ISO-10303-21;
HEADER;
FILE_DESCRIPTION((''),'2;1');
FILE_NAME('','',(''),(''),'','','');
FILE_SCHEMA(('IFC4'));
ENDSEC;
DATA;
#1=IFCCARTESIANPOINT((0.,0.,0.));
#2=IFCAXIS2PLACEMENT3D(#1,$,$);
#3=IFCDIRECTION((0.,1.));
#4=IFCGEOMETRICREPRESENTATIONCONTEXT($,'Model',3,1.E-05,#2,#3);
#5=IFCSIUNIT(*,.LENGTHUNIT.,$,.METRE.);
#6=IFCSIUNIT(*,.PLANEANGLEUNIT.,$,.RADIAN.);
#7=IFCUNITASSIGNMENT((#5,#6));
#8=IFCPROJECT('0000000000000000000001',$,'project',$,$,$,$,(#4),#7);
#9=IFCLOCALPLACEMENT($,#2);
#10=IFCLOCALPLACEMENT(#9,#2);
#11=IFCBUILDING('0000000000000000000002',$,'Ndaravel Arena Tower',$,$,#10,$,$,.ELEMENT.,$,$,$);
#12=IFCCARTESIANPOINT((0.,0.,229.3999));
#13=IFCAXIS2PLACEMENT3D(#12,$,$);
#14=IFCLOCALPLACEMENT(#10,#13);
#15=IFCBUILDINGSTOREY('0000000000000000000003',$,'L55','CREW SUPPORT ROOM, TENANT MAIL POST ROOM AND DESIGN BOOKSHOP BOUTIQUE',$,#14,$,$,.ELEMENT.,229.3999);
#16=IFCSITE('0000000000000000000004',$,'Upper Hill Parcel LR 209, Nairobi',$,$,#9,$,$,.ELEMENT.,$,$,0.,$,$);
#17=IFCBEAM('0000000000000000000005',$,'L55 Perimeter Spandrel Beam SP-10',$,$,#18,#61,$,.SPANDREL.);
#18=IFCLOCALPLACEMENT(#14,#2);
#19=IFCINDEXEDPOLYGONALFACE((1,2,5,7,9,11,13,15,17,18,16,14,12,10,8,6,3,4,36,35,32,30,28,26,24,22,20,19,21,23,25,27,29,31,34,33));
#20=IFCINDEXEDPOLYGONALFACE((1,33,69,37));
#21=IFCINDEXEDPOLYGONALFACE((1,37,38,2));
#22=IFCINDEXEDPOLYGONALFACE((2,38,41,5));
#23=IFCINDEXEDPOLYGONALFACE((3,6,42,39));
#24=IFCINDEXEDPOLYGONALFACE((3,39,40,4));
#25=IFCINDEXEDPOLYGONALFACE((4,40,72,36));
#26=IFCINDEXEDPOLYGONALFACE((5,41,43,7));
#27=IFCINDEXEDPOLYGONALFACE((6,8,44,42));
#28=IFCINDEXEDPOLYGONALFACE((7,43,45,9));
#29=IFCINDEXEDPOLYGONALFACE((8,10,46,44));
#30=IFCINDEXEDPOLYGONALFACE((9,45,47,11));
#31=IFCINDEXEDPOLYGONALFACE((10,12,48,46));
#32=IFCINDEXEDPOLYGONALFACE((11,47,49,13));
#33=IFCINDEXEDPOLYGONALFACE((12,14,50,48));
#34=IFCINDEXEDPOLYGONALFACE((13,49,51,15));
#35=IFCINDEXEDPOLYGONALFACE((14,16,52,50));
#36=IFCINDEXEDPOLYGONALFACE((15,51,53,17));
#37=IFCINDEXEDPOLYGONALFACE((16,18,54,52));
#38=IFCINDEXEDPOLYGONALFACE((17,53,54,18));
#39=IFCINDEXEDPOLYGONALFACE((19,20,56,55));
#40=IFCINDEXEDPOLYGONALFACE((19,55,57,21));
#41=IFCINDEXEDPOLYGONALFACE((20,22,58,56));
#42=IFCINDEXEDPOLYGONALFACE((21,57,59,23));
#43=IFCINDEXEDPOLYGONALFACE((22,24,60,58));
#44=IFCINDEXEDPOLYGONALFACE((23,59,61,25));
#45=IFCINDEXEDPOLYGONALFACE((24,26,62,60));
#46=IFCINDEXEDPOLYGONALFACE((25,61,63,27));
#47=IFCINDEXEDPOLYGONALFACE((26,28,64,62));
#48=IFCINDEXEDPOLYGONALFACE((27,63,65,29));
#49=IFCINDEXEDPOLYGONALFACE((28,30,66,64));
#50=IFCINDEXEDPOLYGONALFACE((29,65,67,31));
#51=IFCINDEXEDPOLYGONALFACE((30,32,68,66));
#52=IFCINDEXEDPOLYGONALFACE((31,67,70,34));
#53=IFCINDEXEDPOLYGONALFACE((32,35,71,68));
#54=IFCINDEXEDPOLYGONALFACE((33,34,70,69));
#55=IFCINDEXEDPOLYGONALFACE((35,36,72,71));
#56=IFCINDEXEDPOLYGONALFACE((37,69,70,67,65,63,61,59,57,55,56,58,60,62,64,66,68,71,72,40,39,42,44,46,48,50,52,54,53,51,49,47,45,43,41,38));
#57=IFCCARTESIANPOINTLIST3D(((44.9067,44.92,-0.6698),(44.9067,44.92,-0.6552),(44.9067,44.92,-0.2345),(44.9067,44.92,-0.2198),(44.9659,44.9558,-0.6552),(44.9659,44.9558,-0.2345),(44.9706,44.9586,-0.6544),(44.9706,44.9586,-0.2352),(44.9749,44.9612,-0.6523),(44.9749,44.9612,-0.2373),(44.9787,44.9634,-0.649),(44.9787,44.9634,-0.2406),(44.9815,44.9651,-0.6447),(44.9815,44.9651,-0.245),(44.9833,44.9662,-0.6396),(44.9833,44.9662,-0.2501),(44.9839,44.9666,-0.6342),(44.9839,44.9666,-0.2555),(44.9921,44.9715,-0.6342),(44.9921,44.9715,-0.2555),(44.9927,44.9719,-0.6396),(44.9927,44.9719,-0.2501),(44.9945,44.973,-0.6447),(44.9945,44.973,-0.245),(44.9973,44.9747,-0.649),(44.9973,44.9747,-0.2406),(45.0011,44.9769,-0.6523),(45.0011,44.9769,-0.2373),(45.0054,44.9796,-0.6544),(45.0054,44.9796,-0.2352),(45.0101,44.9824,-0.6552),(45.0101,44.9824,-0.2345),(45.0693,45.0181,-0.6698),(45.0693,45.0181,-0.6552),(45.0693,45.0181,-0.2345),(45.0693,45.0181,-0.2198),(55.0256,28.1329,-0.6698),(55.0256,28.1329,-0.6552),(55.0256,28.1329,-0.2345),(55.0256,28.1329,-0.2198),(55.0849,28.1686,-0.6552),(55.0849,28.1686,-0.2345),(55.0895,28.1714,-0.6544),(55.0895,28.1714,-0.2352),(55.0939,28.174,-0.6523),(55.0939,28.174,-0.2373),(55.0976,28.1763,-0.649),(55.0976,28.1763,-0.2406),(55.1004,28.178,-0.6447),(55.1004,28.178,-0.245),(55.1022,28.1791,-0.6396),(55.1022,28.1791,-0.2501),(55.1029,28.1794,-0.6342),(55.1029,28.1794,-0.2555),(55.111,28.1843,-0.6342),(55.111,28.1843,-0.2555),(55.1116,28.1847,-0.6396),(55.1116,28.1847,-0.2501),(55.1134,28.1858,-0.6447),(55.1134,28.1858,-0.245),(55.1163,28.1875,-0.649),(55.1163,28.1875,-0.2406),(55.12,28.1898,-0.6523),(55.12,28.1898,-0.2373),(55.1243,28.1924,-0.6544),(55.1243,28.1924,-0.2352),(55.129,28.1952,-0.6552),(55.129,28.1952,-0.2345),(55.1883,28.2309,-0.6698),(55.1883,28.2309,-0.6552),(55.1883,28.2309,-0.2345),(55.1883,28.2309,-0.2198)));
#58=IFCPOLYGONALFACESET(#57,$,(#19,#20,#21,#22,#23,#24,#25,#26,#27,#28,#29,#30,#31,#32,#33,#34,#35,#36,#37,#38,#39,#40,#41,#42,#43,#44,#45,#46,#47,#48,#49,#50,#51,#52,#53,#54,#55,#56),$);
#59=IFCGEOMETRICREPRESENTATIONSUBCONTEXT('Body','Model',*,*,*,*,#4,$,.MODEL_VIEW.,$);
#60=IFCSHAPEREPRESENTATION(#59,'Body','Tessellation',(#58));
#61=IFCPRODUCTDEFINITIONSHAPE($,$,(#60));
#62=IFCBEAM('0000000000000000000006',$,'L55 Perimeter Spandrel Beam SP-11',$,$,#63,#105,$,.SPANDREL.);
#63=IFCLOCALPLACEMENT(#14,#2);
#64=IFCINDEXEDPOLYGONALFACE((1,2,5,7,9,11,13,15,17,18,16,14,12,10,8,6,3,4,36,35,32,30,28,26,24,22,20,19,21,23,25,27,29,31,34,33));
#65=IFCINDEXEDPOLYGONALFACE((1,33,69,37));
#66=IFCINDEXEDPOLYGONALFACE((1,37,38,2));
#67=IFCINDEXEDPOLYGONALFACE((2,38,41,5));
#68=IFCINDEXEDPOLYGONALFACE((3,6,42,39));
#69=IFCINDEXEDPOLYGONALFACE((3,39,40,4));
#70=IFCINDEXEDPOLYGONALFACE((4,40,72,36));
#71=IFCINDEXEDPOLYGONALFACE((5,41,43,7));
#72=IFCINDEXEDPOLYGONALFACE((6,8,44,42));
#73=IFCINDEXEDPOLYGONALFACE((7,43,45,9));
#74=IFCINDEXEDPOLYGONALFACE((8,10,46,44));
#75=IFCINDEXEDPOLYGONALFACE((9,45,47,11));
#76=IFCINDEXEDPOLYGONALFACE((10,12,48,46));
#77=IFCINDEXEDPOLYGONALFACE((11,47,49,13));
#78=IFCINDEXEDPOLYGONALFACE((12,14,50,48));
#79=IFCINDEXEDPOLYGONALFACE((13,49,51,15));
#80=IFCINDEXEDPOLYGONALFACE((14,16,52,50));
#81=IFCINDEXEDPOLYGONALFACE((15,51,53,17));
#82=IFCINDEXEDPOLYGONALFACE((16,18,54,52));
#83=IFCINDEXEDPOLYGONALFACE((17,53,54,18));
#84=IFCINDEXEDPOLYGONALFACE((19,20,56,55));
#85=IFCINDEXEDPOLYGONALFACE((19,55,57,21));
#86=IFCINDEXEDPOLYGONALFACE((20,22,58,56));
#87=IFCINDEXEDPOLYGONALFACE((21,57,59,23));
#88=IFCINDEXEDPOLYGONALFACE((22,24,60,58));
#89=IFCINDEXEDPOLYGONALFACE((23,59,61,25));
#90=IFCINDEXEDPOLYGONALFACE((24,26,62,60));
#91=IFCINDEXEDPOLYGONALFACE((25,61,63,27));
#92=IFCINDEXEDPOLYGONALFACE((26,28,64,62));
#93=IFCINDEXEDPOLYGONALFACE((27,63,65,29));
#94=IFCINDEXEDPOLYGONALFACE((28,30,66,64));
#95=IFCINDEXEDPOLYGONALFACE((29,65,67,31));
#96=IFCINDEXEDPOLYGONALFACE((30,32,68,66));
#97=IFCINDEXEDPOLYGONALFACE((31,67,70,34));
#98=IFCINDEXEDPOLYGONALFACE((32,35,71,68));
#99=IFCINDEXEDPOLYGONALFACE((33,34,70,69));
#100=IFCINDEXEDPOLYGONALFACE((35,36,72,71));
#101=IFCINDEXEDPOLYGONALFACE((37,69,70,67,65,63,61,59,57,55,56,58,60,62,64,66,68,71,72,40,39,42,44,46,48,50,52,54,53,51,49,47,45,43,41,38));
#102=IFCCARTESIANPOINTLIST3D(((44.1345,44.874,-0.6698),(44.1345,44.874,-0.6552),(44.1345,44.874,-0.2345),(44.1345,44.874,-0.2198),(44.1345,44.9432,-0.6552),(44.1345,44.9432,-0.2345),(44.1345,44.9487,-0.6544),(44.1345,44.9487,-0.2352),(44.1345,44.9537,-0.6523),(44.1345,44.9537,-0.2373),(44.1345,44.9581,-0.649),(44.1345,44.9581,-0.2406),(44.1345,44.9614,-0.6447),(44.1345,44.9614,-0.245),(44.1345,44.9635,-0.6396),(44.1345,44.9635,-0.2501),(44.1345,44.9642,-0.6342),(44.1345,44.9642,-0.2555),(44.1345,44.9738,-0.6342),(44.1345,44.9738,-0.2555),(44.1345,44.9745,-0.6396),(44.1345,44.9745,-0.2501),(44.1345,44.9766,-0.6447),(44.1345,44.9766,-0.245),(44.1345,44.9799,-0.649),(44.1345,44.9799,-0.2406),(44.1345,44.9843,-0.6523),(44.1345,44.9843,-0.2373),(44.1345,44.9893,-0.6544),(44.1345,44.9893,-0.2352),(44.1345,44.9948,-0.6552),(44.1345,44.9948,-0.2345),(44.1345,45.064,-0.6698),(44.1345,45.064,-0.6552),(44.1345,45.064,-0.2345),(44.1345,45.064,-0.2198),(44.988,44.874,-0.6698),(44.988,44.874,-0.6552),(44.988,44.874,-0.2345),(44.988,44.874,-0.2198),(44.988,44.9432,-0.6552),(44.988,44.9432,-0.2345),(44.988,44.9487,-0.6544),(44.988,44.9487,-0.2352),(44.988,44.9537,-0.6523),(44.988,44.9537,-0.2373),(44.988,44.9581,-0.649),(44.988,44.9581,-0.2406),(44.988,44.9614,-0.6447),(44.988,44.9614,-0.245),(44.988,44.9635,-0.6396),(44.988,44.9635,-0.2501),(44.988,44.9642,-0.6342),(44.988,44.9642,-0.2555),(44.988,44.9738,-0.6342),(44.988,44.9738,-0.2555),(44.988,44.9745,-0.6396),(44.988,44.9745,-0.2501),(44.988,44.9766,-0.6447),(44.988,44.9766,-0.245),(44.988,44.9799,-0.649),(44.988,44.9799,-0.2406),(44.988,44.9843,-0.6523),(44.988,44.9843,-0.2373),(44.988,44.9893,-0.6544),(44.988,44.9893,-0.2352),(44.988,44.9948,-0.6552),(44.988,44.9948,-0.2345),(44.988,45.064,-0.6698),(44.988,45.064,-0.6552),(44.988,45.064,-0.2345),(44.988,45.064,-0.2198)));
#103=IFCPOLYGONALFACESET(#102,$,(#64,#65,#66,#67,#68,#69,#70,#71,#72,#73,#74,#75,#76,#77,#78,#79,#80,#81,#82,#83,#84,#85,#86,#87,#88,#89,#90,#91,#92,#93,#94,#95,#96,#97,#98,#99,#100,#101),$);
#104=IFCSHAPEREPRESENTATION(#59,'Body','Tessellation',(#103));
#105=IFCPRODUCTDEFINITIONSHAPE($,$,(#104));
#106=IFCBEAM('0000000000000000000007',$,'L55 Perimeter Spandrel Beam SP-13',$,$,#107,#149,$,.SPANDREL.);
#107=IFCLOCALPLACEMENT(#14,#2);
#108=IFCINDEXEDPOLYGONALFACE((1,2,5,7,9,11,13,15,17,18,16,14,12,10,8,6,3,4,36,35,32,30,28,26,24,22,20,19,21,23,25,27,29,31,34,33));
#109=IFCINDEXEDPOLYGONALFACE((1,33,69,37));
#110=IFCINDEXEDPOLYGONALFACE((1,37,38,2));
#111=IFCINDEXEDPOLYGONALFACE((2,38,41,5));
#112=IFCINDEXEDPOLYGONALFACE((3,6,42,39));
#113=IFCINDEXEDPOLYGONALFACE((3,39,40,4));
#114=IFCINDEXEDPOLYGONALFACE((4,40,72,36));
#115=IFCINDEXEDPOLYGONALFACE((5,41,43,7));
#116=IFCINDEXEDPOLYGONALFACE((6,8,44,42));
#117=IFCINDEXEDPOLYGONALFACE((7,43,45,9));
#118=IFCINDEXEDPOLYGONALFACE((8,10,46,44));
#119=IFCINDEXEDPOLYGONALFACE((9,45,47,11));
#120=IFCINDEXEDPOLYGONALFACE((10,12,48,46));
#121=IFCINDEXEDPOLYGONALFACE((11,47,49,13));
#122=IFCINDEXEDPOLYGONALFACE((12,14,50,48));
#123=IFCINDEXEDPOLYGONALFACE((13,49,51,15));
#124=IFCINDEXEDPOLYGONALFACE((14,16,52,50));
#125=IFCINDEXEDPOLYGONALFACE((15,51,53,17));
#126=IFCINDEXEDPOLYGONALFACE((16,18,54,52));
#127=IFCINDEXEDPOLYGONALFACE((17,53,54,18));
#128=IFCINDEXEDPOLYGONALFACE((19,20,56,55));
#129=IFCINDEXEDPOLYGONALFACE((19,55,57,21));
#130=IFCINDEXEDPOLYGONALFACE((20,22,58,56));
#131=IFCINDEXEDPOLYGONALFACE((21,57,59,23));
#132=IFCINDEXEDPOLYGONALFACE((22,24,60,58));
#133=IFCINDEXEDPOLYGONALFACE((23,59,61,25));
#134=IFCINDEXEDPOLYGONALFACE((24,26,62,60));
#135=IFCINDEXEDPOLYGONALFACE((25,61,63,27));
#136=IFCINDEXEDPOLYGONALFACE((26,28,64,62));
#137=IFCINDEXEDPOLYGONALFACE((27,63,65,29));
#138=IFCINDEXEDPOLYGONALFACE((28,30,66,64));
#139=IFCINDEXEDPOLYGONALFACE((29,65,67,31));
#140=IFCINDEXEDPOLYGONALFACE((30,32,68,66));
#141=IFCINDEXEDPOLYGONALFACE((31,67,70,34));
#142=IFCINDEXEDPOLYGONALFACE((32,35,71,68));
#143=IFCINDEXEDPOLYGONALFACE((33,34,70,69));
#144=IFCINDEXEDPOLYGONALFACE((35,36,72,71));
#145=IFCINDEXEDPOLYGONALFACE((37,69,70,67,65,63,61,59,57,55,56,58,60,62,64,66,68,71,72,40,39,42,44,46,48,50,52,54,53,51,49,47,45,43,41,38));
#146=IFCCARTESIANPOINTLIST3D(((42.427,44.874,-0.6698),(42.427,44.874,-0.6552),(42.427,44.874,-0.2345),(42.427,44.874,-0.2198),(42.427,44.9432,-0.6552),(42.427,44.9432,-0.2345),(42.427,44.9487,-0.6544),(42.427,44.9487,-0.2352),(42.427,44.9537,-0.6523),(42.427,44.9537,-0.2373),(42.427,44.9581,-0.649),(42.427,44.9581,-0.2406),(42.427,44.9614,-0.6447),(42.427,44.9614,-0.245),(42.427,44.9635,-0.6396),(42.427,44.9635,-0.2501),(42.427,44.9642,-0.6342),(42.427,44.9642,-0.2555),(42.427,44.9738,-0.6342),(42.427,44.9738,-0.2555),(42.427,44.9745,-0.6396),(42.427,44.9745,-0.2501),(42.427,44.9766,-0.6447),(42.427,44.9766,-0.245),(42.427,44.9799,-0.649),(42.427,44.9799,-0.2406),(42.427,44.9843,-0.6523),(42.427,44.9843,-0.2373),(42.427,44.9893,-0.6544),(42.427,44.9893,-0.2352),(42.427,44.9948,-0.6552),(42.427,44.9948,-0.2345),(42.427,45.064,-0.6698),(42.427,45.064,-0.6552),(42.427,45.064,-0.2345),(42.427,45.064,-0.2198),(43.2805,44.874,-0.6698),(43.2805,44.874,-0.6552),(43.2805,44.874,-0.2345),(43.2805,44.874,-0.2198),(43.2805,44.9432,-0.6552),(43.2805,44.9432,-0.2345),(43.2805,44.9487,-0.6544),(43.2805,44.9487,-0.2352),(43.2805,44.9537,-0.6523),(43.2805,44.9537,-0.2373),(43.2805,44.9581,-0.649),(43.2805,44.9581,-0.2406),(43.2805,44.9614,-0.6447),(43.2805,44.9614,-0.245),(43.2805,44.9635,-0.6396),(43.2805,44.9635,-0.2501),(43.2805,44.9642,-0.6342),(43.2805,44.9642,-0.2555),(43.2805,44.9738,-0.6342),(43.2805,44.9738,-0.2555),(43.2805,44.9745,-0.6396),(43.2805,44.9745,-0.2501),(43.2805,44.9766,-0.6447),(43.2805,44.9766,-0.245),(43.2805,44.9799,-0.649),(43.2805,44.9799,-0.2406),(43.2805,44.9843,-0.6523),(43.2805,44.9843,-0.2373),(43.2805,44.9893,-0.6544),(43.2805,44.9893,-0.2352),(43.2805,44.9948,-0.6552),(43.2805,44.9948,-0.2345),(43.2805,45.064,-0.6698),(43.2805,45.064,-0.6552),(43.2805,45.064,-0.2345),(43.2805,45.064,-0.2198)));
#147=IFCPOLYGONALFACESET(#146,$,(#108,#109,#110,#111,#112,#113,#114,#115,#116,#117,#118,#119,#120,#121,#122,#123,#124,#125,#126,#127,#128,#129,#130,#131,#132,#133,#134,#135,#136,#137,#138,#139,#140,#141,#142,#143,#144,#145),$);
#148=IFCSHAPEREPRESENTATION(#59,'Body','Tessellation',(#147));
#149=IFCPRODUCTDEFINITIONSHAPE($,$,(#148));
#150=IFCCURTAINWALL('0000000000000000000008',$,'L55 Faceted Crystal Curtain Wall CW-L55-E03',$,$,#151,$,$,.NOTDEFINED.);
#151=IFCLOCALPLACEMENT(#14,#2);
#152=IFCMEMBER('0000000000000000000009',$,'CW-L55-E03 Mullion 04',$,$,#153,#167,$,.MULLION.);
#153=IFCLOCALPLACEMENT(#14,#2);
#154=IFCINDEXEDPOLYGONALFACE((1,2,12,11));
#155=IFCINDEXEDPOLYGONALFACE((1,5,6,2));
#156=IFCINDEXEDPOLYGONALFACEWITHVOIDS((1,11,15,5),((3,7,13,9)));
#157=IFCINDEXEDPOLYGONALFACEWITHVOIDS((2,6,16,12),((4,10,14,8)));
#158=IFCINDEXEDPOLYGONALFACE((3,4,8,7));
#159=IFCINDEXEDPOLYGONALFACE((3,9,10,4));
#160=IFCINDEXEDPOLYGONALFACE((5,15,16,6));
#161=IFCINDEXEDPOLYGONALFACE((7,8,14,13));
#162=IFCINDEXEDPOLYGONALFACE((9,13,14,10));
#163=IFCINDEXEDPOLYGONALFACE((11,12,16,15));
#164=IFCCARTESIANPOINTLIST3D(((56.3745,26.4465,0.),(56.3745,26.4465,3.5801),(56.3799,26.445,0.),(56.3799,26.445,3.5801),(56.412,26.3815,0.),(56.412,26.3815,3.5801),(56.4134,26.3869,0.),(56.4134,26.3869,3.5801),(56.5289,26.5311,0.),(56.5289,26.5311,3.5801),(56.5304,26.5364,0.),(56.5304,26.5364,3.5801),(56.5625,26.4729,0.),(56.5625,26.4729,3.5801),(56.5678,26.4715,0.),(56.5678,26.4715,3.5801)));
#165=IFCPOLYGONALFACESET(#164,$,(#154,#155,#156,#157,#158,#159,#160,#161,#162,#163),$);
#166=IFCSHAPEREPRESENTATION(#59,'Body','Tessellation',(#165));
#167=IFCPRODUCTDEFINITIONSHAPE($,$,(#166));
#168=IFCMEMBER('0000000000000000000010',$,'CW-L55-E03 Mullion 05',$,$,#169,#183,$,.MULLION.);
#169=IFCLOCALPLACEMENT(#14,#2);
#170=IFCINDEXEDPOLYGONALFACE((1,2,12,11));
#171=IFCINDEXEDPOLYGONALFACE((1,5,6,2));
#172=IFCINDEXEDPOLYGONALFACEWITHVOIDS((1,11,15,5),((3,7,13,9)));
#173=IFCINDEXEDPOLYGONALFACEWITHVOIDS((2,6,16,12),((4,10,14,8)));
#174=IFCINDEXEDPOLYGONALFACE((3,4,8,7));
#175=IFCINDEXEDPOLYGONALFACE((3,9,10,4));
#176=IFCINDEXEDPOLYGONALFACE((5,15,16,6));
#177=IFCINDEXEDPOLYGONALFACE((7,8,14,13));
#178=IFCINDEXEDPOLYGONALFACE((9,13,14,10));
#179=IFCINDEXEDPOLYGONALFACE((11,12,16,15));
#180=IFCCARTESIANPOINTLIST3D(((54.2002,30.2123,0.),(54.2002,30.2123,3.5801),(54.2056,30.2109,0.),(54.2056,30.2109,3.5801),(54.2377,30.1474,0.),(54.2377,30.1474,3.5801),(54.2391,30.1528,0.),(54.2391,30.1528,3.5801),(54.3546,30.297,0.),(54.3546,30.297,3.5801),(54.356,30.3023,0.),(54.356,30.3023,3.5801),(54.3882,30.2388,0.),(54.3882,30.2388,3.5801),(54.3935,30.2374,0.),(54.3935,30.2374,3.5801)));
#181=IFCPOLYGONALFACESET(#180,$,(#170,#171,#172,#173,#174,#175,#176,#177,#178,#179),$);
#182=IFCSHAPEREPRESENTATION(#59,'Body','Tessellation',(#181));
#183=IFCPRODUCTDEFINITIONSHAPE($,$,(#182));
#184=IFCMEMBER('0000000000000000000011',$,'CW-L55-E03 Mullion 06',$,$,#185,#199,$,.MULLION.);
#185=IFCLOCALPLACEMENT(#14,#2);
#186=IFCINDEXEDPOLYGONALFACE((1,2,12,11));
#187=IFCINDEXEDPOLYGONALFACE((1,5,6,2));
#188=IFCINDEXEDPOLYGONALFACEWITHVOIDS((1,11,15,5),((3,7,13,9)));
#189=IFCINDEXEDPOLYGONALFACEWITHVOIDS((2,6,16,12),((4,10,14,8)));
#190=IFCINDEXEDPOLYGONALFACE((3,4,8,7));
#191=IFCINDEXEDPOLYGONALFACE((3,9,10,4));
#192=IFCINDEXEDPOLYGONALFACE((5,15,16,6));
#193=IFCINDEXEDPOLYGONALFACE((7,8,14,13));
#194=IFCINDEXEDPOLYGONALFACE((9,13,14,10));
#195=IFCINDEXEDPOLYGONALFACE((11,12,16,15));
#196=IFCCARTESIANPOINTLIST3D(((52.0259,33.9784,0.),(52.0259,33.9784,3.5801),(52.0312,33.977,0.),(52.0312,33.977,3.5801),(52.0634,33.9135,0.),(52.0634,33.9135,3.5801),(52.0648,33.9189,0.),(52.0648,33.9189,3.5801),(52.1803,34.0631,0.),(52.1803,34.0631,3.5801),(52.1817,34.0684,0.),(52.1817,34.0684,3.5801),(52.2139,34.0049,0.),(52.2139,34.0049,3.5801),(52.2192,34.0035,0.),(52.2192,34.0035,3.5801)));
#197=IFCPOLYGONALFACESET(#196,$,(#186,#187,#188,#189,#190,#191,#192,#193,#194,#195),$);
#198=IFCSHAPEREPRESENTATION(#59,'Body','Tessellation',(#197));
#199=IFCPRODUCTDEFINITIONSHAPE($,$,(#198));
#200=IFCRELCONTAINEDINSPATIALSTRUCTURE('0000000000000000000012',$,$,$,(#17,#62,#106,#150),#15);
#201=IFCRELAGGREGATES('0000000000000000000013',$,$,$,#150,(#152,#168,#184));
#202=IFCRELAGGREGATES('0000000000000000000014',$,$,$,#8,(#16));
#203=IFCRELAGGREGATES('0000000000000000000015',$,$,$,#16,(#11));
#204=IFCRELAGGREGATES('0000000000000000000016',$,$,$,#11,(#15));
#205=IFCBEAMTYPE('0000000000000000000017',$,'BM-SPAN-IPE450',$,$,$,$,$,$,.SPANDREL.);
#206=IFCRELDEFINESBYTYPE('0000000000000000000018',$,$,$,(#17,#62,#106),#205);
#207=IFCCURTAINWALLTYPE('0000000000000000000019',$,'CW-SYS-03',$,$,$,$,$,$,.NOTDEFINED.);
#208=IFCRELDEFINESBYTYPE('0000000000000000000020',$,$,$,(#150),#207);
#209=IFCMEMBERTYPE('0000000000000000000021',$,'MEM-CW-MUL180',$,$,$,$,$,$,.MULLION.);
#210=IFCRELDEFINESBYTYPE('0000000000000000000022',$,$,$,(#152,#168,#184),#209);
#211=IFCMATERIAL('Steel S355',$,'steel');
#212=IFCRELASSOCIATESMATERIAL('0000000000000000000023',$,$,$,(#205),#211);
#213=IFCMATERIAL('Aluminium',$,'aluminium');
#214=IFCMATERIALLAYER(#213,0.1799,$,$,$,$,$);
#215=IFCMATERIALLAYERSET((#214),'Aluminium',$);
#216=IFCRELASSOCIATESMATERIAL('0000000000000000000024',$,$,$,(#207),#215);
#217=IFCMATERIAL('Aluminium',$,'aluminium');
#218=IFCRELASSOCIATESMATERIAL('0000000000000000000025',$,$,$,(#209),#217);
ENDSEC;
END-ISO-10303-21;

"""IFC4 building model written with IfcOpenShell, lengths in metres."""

from ifc_helpers import new_model, si_unit, direction, frame, origin, origin_2d, place, context, subcontext, project, spatial, hollow_rectangle, i_section, extrude, material, layer, layer_set, material_profile, profile_set, type_object, element, aggregate, save


model = new_model("IFC4")

# Units and contexts
model_context = context("Model", 3, precision=1e-05, world=origin(), true_north=direction((0.0, 1.0)))
body_context = subcontext(model_context, "Body", "Model", "MODEL_VIEW")
ifc_project = project(units=[si_unit("LENGTHUNIT", "METRE"), si_unit("PLANEANGLEUNIT", "RADIAN")], contexts=[model_context])

# Site, building, storey
site_placement = place(None, origin())
site = spatial("IfcSite", under=ifc_project, at=site_placement, Name="Upper Hill Parcel LR 209, Nairobi", CompositionType="ELEMENT", RefElevation=0.0)
building_placement = place(site_placement, origin())
building = spatial("IfcBuilding", under=site, at=building_placement, Name="Ndaravel Arena Tower", CompositionType="ELEMENT")
storey_placement = place(building_placement, frame((0.0, 0.0, 229.3999)))
storey = spatial("IfcBuildingStorey", under=building, at=storey_placement, Name="L55", Description="CREW SUPPORT ROOM, TENANT MAIL POST ROOM AND DESIGN BOOKSHOP BOUTIQUE", CompositionType="ELEMENT", Elevation=229.3999)

# Beams
ifc_material_1 = material(Name="Steel S355", Category="steel")
ifc_material_profile_1 = material_profile(ifc_material_1, i_section(OverallWidth=0.1899, OverallDepth=0.45, WebThickness=0.0095, FlangeThickness=0.0146, FilletRadius=0.021, at=origin_2d()), Name="IPE 450")
ifc_profile_set_1 = profile_set([ifc_material_profile_1], Name="Steel S355")
beam_type_1 = type_object("IfcBeamType", Name="BM-SPAN-IPE450", PredefinedType="SPANDREL", material=ifc_profile_set_1)
beam_1_placement = place(storey_placement, frame((55.1069, 28.1819, -0.4448), z_axis=(-0.516244, 0.856442, 0.0), x_axis=(-0.856442, -0.516244, 0.0)))
element("IfcBeam", 1, at=beam_1_placement, inside=storey, type_object=beam_type_1, Name="L55 Perimeter Spandrel Beam SP-10", PredefinedType="SPANDREL", context=body_context, shape_type="SweptSolid", body=[
    extrude(i_section(OverallWidth=0.1899, OverallDepth=0.45, WebThickness=0.0095, FlangeThickness=0.0146, FilletRadius=0.021, at=origin_2d()), origin(), (0.0, 0.0, 1.0), 19.6011),
])
for number, where, z_axis, x_axis, name in (
    (2, (44.988, 44.969, -0.4448), (-1.0, 0.0, 0.0), (0.0, -1.0, 0.0), "L55 Perimeter Spandrel Beam SP-11"),
    (3, (43.2805, 44.969, -0.4448), (-1.0, 0.0, 0.0), (0.0, -1.0, 0.0), "L55 Perimeter Spandrel Beam SP-13"),
):
    element("IfcBeam", number, at=place(storey_placement, frame(where, z_axis=z_axis, x_axis=x_axis)), inside=storey, type_object=beam_type_1, Name=name, PredefinedType="SPANDREL", context=body_context, shape_type="SweptSolid", body=[
        extrude(i_section(OverallWidth=0.1899, OverallDepth=0.45, WebThickness=0.0095, FlangeThickness=0.0146, FilletRadius=0.021, at=origin_2d()), origin(), (0.0, 0.0, 1.0), 0.8535),
    ])

# Curtain wall, members
ifc_material_2 = material(Name="Aluminium", Category="aluminium")
ifc_layer_1 = layer(ifc_material_2, 0.1799)
ifc_layer_set_1 = layer_set([ifc_layer_1], Name="Aluminium")
curtain_wall_type_1 = type_object("IfcCurtainWallType", Name="CW-SYS-03", PredefinedType="NOTDEFINED", material=ifc_layer_set_1)
curtain_wall_1_placement = place(storey_placement, origin())
curtain_wall_1 = element("IfcCurtainWall", 4, at=curtain_wall_1_placement, inside=storey, type_object=curtain_wall_type_1, Name="L55 Faceted Crystal Curtain Wall CW-L55-E03", PredefinedType="NOTDEFINED")
ifc_material_3 = material(Name="Aluminium", Category="aluminium")
ifc_material_profile_2 = material_profile(ifc_material_3, hollow_rectangle(XDim=0.075, YDim=0.1799, WallThickness=0.0039, at=origin_2d()), Name="CW MULLION 75x180x4")
ifc_profile_set_2 = profile_set([ifc_material_profile_2], Name="Aluminium")
member_type_1 = type_object("IfcMemberType", Name="MEM-CW-MUL180", PredefinedType="MULLION", material=ifc_profile_set_2)
member_1_placement = place(storey_placement, frame((56.4712, 26.459, 0.0), z_axis=(0.0, 0.0, 1.0), x_axis=(-0.5, 0.866025, 0.0)))
member_1 = element("IfcMember", 5, at=member_1_placement, type_object=member_type_1, Name="CW-L55-E03 Mullion 04", PredefinedType="MULLION", context=body_context, shape_type="SweptSolid", body=[
    extrude(hollow_rectangle(XDim=0.075, YDim=0.1799, WallThickness=0.0039, at=origin_2d()), origin(), (0.0, 0.0, 1.0), 3.5801),
])
member_2_placement = place(storey_placement, frame((54.2969, 30.2249, 0.0), z_axis=(0.0, 0.0, 1.0), x_axis=(-0.5, 0.866025, 0.0)))
member_2 = element("IfcMember", 6, at=member_2_placement, type_object=member_type_1, Name="CW-L55-E03 Mullion 05", PredefinedType="MULLION", context=body_context, shape_type="SweptSolid", body=[
    extrude(hollow_rectangle(XDim=0.075, YDim=0.1799, WallThickness=0.0039, at=origin_2d()), origin(), (0.0, 0.0, 1.0), 3.5801),
])
member_3_placement = place(storey_placement, frame((52.1226, 33.991, 0.0), z_axis=(0.0, 0.0, 1.0), x_axis=(-0.5, 0.866025, 0.0)))
member_3 = element("IfcMember", 7, at=member_3_placement, type_object=member_type_1, Name="CW-L55-E03 Mullion 06", PredefinedType="MULLION", context=body_context, shape_type="SweptSolid", body=[
    extrude(hollow_rectangle(XDim=0.075, YDim=0.1799, WallThickness=0.0039, at=origin_2d()), origin(), (0.0, 0.0, 1.0), 3.5801),
])

aggregate(curtain_wall_1, [member_1, member_2, member_3])

save(model, "model.ifc")
